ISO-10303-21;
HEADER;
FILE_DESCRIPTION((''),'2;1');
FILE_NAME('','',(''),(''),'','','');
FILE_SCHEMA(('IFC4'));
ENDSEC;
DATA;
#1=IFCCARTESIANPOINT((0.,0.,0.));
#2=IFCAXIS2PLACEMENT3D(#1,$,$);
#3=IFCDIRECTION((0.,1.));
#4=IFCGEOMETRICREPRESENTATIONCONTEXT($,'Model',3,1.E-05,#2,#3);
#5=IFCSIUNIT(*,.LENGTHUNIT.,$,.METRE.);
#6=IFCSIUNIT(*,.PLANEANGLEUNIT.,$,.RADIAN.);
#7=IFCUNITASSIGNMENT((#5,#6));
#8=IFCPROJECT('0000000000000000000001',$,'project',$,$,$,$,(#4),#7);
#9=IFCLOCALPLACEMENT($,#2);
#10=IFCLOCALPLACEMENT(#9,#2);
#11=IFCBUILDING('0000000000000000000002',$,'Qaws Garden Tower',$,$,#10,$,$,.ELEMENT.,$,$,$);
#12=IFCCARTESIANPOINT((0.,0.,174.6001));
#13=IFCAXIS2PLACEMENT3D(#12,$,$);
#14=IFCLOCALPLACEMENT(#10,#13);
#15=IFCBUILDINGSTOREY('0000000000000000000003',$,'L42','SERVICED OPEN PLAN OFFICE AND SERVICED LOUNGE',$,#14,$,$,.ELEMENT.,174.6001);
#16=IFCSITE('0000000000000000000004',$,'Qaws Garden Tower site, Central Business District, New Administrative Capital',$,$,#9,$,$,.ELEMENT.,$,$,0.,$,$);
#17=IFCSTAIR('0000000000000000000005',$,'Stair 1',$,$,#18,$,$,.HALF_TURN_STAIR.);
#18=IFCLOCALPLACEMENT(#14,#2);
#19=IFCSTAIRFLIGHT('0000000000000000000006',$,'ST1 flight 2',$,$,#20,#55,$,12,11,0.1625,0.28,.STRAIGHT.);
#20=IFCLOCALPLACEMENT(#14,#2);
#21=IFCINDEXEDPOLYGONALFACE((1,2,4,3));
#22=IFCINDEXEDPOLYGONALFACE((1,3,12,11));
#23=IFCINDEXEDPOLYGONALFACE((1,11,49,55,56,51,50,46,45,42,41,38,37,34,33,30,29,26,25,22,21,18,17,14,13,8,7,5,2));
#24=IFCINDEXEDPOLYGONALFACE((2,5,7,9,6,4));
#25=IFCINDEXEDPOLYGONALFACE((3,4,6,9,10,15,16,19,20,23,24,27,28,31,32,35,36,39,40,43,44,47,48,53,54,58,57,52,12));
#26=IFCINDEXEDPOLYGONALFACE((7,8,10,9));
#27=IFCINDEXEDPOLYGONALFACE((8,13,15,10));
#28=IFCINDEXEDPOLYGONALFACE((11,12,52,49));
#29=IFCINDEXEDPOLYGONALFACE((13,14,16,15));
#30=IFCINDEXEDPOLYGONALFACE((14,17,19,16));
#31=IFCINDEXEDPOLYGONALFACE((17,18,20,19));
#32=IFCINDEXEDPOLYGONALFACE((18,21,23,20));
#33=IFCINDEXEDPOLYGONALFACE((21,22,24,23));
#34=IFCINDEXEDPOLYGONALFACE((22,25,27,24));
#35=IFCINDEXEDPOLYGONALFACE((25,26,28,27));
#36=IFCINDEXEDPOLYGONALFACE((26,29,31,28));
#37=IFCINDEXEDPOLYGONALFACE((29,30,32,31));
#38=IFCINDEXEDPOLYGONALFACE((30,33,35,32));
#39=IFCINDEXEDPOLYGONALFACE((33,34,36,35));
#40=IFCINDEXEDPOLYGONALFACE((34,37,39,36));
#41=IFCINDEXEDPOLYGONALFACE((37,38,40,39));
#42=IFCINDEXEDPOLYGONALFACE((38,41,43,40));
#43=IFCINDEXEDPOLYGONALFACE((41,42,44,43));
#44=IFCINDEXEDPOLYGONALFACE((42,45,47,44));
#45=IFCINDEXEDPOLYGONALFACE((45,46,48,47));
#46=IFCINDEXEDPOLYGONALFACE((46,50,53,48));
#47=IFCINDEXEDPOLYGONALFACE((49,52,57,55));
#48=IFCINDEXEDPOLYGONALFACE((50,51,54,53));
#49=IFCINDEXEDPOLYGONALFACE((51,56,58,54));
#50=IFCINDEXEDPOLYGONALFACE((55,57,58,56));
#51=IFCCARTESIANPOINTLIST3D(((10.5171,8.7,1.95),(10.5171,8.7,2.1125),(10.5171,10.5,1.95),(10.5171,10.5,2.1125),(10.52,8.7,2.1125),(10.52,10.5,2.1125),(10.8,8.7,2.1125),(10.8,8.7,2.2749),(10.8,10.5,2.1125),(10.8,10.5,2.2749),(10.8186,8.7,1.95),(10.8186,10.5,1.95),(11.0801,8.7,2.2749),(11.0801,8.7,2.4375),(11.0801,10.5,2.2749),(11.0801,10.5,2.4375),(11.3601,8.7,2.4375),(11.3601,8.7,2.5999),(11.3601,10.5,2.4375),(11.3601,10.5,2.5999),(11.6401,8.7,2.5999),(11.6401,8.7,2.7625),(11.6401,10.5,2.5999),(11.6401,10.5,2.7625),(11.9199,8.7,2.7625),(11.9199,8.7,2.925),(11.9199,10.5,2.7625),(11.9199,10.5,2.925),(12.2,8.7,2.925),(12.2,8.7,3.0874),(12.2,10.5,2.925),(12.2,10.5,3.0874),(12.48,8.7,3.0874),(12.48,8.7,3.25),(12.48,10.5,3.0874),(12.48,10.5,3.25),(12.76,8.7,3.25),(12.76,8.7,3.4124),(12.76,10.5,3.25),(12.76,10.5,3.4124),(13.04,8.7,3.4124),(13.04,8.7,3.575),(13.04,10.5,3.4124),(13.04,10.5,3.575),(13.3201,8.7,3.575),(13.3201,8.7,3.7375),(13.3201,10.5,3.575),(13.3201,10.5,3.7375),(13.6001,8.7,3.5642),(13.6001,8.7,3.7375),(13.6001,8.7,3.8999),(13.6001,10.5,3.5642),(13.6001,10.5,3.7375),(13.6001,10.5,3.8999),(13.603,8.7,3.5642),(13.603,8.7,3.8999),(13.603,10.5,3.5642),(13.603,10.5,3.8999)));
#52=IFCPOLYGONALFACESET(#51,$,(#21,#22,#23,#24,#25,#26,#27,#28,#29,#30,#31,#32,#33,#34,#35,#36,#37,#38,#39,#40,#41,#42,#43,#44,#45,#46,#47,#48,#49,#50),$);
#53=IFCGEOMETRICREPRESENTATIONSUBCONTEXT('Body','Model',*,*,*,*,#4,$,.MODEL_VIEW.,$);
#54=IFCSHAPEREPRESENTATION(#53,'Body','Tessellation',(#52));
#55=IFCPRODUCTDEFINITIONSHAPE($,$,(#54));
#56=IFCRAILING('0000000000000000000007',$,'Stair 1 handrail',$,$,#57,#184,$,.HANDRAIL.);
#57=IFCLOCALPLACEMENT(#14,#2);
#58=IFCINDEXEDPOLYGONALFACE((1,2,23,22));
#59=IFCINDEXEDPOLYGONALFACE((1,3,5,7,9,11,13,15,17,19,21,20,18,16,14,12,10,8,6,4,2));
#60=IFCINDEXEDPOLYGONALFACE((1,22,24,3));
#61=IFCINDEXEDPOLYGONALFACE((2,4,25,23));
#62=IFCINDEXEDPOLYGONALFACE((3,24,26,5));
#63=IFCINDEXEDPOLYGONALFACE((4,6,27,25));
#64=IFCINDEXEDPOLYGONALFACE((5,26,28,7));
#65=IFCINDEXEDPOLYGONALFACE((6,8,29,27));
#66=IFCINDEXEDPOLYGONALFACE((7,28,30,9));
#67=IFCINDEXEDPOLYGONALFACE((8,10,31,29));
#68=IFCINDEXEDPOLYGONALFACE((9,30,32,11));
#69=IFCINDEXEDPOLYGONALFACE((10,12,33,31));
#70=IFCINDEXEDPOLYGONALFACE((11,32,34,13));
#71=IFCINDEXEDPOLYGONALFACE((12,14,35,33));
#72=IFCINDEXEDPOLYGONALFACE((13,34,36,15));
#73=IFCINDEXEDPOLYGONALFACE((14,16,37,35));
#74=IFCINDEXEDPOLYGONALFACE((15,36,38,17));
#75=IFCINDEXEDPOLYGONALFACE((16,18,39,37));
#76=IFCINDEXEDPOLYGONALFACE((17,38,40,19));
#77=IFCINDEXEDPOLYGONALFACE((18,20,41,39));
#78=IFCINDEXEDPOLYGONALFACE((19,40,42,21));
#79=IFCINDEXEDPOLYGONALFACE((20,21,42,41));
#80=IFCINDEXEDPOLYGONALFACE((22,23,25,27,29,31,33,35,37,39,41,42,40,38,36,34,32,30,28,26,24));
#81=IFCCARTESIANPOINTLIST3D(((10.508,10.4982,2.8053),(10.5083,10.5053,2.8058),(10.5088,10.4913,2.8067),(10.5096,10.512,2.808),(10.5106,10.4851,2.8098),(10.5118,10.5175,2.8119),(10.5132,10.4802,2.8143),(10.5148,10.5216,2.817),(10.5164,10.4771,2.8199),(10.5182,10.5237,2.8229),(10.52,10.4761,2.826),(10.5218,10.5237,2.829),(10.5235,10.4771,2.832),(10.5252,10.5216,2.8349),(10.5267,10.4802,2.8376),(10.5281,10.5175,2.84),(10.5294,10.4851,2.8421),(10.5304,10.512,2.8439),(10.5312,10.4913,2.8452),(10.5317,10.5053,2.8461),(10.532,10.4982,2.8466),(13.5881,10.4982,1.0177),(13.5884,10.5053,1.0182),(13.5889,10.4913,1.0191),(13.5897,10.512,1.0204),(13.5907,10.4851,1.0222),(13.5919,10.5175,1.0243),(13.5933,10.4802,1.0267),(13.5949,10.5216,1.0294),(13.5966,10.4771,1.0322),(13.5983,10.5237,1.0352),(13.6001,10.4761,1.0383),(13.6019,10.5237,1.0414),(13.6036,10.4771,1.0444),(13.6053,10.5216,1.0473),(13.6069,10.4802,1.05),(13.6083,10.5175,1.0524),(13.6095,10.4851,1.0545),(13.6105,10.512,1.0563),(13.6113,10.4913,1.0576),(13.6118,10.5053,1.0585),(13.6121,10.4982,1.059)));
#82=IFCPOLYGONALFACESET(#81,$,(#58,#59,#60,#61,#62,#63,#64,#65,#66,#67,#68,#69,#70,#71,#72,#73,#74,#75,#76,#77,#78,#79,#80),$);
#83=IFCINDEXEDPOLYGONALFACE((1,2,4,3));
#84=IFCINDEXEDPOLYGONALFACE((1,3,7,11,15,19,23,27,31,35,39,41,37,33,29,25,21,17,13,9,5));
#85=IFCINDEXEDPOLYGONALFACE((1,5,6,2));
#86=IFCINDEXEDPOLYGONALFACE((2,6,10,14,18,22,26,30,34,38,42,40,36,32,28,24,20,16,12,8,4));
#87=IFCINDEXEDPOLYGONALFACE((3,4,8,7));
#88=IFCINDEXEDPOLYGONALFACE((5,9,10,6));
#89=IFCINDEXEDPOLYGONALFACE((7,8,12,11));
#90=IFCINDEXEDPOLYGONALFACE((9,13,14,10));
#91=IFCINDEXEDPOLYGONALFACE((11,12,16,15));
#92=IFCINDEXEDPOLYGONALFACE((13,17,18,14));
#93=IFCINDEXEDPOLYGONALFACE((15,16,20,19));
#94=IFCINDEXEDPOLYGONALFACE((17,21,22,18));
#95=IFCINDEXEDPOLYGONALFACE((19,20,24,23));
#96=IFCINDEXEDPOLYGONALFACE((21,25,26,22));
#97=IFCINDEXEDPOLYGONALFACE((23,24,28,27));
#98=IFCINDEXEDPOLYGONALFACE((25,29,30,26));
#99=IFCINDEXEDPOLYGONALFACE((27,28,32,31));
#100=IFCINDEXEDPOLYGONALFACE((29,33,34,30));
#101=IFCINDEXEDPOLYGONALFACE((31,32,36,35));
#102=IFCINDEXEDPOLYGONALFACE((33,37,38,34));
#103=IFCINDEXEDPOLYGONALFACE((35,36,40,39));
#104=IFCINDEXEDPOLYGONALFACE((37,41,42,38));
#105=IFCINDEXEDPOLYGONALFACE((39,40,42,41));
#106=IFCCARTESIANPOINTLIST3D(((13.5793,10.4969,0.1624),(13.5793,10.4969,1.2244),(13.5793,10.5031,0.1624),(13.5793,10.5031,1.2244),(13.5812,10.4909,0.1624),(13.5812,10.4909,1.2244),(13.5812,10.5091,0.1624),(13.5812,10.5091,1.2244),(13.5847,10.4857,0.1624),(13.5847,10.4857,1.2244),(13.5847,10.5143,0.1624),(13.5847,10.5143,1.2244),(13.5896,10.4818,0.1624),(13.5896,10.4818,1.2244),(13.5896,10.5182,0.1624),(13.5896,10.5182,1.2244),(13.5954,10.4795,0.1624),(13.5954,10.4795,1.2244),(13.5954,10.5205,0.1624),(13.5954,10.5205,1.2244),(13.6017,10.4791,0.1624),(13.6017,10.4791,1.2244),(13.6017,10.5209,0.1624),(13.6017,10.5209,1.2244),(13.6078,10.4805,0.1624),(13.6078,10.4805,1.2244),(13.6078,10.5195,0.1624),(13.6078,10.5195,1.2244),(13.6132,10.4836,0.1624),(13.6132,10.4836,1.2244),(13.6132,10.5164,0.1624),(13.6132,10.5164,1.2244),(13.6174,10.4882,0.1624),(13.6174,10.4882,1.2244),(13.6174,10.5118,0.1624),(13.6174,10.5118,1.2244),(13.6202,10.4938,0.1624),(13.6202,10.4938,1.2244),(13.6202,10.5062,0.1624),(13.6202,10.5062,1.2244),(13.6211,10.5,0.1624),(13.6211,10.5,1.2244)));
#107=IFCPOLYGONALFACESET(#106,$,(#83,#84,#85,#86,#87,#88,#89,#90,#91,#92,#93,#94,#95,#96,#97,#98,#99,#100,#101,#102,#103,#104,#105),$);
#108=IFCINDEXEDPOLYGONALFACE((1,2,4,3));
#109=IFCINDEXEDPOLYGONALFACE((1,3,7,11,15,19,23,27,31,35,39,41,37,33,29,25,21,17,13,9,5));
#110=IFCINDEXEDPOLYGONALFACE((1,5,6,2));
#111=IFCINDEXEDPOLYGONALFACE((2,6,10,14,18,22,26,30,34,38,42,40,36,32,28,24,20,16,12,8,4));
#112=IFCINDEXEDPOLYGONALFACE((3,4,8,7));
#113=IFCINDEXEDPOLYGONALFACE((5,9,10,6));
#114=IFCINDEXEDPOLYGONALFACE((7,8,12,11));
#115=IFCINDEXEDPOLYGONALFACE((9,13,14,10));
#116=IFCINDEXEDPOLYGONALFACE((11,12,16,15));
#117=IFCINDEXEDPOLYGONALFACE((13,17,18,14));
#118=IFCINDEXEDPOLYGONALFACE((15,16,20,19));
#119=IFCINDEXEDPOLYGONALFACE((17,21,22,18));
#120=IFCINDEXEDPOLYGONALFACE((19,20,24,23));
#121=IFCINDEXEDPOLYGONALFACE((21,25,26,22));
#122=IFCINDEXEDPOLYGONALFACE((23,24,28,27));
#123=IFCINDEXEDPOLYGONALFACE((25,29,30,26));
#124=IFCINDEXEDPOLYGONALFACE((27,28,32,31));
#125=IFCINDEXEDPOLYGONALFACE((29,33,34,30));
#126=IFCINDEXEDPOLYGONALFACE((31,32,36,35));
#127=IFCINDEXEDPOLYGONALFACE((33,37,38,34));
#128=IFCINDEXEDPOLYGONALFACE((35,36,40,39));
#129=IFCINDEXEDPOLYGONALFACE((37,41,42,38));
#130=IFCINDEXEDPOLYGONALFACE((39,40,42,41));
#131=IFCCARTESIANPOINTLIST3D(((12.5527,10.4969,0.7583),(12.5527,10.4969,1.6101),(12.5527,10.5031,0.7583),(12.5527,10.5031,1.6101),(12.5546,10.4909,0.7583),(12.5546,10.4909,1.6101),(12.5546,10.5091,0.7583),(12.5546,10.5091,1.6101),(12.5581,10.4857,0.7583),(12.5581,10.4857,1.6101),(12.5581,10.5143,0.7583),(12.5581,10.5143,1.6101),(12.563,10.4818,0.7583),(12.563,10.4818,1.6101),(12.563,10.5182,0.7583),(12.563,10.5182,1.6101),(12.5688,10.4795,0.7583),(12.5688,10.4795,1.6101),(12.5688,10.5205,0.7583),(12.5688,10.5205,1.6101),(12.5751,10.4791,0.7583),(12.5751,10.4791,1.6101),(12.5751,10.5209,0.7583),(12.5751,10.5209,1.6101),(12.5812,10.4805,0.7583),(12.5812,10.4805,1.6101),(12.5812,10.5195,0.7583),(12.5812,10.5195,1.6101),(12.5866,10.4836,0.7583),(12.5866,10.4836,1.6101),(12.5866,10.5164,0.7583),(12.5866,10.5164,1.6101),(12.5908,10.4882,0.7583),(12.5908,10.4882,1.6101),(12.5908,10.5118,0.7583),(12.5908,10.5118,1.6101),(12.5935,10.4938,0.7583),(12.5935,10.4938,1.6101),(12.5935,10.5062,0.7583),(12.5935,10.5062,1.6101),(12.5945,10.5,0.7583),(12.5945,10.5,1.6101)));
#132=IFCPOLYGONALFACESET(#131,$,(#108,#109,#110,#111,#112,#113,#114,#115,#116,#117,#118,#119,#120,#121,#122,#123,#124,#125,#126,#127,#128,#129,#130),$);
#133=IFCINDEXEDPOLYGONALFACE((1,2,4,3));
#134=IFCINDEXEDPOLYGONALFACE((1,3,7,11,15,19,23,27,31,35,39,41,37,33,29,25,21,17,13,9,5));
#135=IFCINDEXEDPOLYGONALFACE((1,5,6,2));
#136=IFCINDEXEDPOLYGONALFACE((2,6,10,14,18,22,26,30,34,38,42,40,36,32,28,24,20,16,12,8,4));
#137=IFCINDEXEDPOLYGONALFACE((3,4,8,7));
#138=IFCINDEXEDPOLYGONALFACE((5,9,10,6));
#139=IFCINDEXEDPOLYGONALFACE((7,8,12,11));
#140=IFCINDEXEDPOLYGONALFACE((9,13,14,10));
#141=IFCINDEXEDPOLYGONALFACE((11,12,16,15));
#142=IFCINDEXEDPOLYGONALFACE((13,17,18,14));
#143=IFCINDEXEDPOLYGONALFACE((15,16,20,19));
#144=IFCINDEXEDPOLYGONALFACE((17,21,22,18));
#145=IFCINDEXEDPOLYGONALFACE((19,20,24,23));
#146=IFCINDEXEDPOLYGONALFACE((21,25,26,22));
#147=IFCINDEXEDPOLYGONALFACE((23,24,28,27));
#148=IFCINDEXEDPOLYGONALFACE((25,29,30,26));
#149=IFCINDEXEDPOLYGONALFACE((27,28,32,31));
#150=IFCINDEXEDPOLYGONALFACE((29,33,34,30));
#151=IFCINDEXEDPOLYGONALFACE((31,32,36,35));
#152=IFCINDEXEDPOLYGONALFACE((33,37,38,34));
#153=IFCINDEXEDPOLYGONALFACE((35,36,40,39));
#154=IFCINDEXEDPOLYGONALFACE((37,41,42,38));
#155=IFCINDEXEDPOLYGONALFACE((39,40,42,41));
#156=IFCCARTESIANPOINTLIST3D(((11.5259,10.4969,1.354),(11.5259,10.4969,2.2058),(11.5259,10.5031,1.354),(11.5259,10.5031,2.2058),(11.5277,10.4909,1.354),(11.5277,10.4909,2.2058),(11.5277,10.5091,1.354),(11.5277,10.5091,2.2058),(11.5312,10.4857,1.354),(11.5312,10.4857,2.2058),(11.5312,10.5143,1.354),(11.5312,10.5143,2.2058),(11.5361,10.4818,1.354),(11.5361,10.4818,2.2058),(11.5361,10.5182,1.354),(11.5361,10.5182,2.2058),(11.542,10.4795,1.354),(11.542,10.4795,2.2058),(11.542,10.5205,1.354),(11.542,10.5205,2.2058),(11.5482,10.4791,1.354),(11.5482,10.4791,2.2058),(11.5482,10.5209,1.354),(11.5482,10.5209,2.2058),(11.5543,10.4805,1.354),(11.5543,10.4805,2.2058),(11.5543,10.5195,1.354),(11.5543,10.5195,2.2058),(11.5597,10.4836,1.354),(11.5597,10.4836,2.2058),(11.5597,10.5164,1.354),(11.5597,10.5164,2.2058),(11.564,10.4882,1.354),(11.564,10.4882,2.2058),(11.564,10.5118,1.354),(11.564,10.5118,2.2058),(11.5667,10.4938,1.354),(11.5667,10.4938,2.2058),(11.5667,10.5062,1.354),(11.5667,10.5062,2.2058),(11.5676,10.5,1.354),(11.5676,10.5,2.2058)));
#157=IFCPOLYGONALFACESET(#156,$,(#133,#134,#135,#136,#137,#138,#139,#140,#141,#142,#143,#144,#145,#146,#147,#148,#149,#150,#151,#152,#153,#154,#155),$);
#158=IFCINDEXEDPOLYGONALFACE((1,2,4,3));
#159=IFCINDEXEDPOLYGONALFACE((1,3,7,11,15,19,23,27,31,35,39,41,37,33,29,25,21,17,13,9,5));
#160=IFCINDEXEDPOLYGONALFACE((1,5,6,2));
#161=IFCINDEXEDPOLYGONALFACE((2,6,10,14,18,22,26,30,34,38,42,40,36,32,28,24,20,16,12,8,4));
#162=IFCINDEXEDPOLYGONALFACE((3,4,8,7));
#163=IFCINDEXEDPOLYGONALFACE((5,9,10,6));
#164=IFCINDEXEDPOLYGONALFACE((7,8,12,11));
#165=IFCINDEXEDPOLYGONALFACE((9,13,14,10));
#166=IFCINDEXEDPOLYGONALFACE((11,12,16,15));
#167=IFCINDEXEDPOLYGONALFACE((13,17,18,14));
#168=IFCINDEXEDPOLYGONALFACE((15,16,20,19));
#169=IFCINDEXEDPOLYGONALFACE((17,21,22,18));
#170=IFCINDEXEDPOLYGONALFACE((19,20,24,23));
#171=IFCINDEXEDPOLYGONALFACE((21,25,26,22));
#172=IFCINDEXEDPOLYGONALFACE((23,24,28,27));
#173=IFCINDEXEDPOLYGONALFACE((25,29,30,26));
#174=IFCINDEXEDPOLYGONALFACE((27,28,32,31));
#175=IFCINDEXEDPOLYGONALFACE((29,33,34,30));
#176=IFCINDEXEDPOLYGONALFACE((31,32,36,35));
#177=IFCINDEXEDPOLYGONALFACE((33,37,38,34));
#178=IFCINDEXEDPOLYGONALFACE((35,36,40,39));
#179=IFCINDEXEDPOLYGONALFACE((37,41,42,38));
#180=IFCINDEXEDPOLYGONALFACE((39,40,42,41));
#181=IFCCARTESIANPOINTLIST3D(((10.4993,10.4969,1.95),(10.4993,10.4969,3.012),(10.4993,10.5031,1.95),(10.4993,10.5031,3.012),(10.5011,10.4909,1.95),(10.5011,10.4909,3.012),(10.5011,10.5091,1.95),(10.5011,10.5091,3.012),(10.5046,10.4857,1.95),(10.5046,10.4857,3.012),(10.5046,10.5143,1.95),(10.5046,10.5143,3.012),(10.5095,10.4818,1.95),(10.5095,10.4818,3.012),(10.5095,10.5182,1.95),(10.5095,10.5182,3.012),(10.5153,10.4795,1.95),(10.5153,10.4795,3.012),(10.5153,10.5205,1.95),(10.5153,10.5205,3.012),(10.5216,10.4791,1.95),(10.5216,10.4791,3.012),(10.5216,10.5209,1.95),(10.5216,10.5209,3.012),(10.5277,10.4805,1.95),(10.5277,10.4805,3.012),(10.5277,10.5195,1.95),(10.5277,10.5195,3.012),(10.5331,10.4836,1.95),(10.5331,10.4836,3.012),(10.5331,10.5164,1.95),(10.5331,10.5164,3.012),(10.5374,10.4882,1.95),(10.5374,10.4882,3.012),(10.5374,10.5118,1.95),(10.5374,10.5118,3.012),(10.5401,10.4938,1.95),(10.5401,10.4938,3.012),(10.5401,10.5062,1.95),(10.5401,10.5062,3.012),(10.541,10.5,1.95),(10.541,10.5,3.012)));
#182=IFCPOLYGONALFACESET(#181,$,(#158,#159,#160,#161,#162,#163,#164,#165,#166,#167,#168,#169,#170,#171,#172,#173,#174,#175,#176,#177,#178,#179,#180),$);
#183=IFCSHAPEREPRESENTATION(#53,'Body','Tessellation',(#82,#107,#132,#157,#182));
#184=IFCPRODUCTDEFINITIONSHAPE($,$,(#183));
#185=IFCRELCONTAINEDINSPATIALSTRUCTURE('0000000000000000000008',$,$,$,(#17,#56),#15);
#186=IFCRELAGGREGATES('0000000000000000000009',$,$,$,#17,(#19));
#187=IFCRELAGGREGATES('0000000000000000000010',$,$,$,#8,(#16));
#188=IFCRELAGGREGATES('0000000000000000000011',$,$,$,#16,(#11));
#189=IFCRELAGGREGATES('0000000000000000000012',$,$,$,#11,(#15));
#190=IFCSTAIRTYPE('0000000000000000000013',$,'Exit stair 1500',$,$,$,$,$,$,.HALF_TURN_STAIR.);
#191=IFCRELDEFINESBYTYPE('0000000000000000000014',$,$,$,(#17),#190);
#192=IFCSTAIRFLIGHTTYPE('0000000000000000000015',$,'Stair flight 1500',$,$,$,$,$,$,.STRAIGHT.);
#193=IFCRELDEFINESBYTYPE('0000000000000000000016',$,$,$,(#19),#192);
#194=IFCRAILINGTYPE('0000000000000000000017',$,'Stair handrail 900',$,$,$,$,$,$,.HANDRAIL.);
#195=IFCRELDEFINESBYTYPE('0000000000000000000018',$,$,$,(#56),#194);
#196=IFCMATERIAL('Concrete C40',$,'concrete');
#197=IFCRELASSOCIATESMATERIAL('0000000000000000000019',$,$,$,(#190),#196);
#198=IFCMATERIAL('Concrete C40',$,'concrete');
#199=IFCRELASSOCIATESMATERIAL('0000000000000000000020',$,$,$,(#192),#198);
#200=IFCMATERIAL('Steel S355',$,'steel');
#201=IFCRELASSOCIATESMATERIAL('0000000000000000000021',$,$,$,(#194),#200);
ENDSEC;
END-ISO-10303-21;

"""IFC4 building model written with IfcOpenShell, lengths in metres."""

from ifc_helpers import new_model, si_unit, direction, frame, origin, origin_2d, place, context, subcontext, project, spatial, polyline, circle, outline, extrude, material, type_object, element, aggregate, save


model = new_model("IFC4")

# Units and contexts
model_context = context("Model", 3, precision=1e-05, world=origin(), true_north=direction((0.0, 1.0)))
body_context = subcontext(model_context, "Body", "Model", "MODEL_VIEW")
ifc_project = project(units=[si_unit("LENGTHUNIT", "METRE"), si_unit("PLANEANGLEUNIT", "RADIAN")], contexts=[model_context])

# Site, building, storey
site_placement = place(None, origin())
site = spatial("IfcSite", under=ifc_project, at=site_placement, Name="Qaws Garden Tower site, Central Business District, New Administrative Capital", CompositionType="ELEMENT", RefElevation=0.0)
building_placement = place(site_placement, origin())
building = spatial("IfcBuilding", under=site, at=building_placement, Name="Qaws Garden Tower", CompositionType="ELEMENT")
storey_placement = place(building_placement, frame((0.0, 0.0, 174.6001)))
storey = spatial("IfcBuildingStorey", under=building, at=storey_placement, Name="L42", Description="SERVICED OPEN PLAN OFFICE AND SERVICED LOUNGE", CompositionType="ELEMENT", Elevation=174.6001)

# Stair, stair flight
ifc_material_1 = material(Name="Concrete C40", Category="concrete")
stair_type = type_object("IfcStairType", Name="Exit stair 1500", PredefinedType="HALF_TURN_STAIR", material=ifc_material_1)
stair_placement = place(storey_placement, origin())
stair = element("IfcStair", 1, at=stair_placement, inside=storey, type_object=stair_type, Name="Stair 1", PredefinedType="HALF_TURN_STAIR")
ifc_material_2 = material(Name="Concrete C40", Category="concrete")
stair_flight_type = type_object("IfcStairFlightType", Name="Stair flight 1500", PredefinedType="STRAIGHT", material=ifc_material_2)
stair_flight_1_placement = place(storey_placement, frame((10.52, 9.6001, 1.95), z_axis=(0.0, 0.0, 1.0), x_axis=(1.0, 0.0, 0.0)))
stair_flight_1 = element("IfcStairFlight", 2, at=stair_flight_1_placement, type_object=stair_flight_type, Name="ST1 flight 2", NumberOfRisers=12, NumberOfTreads=11, PredefinedType="STRAIGHT", RiserHeight=0.1625, TreadLength=0.28, context=body_context, shape_type="SweptSolid", body=[
    extrude(outline(polyline([(-0.0029, 0.0), (-0.0029, 0.1626), (0.0, 0.1626), (0.28, 0.1626), (0.28, 0.325), (0.5601, 0.325), (0.5601, 0.4875), (0.8401, 0.4875), (0.8401, 0.6499), (1.1201, 0.6499), (1.1201, 0.8125), (1.3999, 0.8125), (1.3999, 0.9751), (1.6799, 0.9751), (1.6799, 1.1375), (1.96, 1.1375), (1.96, 1.3), (2.24, 1.3), (2.24, 1.4624), (2.52, 1.4624), (2.52, 1.625), (2.8, 1.625), (2.8, 1.7876), (3.0801, 1.7876), (3.0801, 1.95), (3.083, 1.95), (3.083, 1.6143), (3.0801, 1.6143), (0.2986, 0.0), (-0.0029, 0.0)])), frame((0.0, 0.8999, 0.0), z_axis=(0.0, -1.0, 0.0), x_axis=(1.0, 0.0, 0.0)), (0.0, 0.0, 1.0), 1.8),
])
aggregate(stair, [stair_flight_1])

# Railing
ifc_material_3 = material(Name="Steel S355", Category="steel")
railing_type = type_object("IfcRailingType", Name="Stair handrail 900", PredefinedType="HANDRAIL", material=ifc_material_3)
railing_1_placement = place(storey_placement, frame((13.6001, 10.5, 0.1624)))
element("IfcRailing", 3, at=railing_1_placement, inside=storey, type_object=railing_type, Name="Stair 1 handrail", PredefinedType="HANDRAIL", context=body_context, shape_type="SweptSolid", body=[
    extrude(circle(Radius=0.0239, at=origin_2d()), frame((0.0, 0.0, 0.876), z_axis=(-0.864891, 0.0, 0.50196), x_axis=(0.0, -1.0, 0.0)), (0.0, 0.0, 1.0), 3.5613),
    extrude(circle(Radius=0.021, at=origin_2d()), origin(), (0.0, 0.0, 1.0), 1.062),
    extrude(circle(Radius=0.021, at=origin_2d()), frame((-1.0266, 0.0, 0.5959)), (0.0, 0.0, 1.0), 0.8518),
    extrude(circle(Radius=0.021, at=origin_2d()), frame((-2.0535, 0.0, 1.1917)), (0.0, 0.0, 1.0), 0.8518),
    extrude(circle(Radius=0.021, at=origin_2d()), frame((-3.0801, 0.0, 1.7876)), (0.0, 0.0, 1.0), 1.062),
])

save(model, "model.ifc")
